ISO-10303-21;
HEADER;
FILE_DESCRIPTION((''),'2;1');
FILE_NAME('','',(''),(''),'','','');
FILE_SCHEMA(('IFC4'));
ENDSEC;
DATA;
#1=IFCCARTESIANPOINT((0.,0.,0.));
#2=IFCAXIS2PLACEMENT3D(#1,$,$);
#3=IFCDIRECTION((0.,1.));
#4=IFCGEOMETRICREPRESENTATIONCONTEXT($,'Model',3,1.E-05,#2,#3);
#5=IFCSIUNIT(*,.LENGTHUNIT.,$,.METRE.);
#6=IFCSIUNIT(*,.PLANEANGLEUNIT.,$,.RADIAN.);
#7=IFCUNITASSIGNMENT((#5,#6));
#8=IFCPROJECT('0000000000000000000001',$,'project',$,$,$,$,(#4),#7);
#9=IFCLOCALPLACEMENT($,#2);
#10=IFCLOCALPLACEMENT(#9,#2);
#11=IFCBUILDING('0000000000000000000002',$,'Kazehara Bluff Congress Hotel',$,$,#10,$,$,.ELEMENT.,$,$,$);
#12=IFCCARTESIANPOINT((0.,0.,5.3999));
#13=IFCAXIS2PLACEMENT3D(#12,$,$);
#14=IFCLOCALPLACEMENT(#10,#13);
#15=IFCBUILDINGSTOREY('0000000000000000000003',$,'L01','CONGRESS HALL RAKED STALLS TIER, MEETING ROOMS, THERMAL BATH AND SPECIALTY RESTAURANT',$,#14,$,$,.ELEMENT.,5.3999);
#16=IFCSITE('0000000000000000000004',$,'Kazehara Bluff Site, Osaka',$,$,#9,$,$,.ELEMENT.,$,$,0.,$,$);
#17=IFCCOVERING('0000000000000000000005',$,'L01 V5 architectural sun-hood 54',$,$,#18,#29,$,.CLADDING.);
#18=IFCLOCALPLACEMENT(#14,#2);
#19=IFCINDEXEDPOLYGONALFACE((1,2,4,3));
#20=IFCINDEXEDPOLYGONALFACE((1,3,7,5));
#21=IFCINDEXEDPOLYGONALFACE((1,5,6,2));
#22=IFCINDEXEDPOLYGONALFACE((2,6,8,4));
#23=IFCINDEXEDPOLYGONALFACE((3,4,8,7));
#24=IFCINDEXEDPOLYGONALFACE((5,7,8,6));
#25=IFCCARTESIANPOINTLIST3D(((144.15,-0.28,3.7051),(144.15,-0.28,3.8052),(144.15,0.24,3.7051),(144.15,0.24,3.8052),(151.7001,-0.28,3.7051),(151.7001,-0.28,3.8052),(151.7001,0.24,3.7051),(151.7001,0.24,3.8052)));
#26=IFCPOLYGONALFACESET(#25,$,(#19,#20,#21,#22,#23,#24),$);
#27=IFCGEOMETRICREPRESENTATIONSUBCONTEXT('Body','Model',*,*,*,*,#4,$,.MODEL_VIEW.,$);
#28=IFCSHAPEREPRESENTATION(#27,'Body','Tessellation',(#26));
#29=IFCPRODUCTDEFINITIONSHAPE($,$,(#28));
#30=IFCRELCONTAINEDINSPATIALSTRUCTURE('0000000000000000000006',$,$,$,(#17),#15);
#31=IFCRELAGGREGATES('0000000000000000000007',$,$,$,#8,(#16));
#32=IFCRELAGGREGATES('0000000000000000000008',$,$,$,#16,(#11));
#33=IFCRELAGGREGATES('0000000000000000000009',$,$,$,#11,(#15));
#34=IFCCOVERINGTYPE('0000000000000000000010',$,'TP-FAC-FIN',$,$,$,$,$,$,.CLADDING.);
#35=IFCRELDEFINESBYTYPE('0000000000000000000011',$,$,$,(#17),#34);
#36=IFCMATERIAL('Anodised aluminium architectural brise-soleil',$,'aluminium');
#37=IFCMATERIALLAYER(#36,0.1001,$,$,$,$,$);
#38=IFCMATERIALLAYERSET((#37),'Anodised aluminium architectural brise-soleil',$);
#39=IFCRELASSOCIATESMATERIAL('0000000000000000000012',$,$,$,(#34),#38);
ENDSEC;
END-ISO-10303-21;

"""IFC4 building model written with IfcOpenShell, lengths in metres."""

from ifc_helpers import new_model, si_unit, direction, frame, origin, origin_2d, place, context, subcontext, project, spatial, rectangle, extrude, material, layer, layer_set, type_object, element, save


model = new_model("IFC4")

# Units and contexts
model_context = context("Model", 3, precision=1e-05, world=origin(), true_north=direction((0.0, 1.0)))
body_context = subcontext(model_context, "Body", "Model", "MODEL_VIEW")
ifc_project = project(units=[si_unit("LENGTHUNIT", "METRE"), si_unit("PLANEANGLEUNIT", "RADIAN")], contexts=[model_context])

# Site, building, storey
site_placement = place(None, origin())
site = spatial("IfcSite", under=ifc_project, at=site_placement, Name="Kazehara Bluff Site, Osaka", CompositionType="ELEMENT", RefElevation=0.0)
building_placement = place(site_placement, origin())
building = spatial("IfcBuilding", under=site, at=building_placement, Name="Kazehara Bluff Congress Hotel", CompositionType="ELEMENT")
storey_placement = place(building_placement, frame((0.0, 0.0, 5.3999)))
storey = spatial("IfcBuildingStorey", under=building, at=storey_placement, Name="L01", Description="CONGRESS HALL RAKED STALLS TIER, MEETING ROOMS, THERMAL BATH AND SPECIALTY RESTAURANT", CompositionType="ELEMENT", Elevation=5.3999)

# Covering
ifc_material_1 = material(Name="Anodised aluminium architectural brise-soleil", Category="aluminium")
ifc_layer_1 = layer(ifc_material_1, 0.1001)
ifc_layer_set_1 = layer_set([ifc_layer_1], Name="Anodised aluminium architectural brise-soleil")
covering_type = type_object("IfcCoveringType", Name="TP-FAC-FIN", PredefinedType="CLADDING", material=ifc_layer_set_1)
covering_placement = place(storey_placement, frame((147.925, -0.02, 3.7051), z_axis=(0.0, 0.0, 1.0), x_axis=(1.0, 0.0, 0.0)))
element("IfcCovering", 1, at=covering_placement, inside=storey, type_object=covering_type, Name="L01 V5 architectural sun-hood 54", PredefinedType="CLADDING", context=body_context, shape_type="SweptSolid", body=[
    extrude(rectangle(XDim=7.55, YDim=0.52, at=origin_2d()), origin(), (0.0, 0.0, 1.0), 0.1001),
])

save(model, "model.ifc")
